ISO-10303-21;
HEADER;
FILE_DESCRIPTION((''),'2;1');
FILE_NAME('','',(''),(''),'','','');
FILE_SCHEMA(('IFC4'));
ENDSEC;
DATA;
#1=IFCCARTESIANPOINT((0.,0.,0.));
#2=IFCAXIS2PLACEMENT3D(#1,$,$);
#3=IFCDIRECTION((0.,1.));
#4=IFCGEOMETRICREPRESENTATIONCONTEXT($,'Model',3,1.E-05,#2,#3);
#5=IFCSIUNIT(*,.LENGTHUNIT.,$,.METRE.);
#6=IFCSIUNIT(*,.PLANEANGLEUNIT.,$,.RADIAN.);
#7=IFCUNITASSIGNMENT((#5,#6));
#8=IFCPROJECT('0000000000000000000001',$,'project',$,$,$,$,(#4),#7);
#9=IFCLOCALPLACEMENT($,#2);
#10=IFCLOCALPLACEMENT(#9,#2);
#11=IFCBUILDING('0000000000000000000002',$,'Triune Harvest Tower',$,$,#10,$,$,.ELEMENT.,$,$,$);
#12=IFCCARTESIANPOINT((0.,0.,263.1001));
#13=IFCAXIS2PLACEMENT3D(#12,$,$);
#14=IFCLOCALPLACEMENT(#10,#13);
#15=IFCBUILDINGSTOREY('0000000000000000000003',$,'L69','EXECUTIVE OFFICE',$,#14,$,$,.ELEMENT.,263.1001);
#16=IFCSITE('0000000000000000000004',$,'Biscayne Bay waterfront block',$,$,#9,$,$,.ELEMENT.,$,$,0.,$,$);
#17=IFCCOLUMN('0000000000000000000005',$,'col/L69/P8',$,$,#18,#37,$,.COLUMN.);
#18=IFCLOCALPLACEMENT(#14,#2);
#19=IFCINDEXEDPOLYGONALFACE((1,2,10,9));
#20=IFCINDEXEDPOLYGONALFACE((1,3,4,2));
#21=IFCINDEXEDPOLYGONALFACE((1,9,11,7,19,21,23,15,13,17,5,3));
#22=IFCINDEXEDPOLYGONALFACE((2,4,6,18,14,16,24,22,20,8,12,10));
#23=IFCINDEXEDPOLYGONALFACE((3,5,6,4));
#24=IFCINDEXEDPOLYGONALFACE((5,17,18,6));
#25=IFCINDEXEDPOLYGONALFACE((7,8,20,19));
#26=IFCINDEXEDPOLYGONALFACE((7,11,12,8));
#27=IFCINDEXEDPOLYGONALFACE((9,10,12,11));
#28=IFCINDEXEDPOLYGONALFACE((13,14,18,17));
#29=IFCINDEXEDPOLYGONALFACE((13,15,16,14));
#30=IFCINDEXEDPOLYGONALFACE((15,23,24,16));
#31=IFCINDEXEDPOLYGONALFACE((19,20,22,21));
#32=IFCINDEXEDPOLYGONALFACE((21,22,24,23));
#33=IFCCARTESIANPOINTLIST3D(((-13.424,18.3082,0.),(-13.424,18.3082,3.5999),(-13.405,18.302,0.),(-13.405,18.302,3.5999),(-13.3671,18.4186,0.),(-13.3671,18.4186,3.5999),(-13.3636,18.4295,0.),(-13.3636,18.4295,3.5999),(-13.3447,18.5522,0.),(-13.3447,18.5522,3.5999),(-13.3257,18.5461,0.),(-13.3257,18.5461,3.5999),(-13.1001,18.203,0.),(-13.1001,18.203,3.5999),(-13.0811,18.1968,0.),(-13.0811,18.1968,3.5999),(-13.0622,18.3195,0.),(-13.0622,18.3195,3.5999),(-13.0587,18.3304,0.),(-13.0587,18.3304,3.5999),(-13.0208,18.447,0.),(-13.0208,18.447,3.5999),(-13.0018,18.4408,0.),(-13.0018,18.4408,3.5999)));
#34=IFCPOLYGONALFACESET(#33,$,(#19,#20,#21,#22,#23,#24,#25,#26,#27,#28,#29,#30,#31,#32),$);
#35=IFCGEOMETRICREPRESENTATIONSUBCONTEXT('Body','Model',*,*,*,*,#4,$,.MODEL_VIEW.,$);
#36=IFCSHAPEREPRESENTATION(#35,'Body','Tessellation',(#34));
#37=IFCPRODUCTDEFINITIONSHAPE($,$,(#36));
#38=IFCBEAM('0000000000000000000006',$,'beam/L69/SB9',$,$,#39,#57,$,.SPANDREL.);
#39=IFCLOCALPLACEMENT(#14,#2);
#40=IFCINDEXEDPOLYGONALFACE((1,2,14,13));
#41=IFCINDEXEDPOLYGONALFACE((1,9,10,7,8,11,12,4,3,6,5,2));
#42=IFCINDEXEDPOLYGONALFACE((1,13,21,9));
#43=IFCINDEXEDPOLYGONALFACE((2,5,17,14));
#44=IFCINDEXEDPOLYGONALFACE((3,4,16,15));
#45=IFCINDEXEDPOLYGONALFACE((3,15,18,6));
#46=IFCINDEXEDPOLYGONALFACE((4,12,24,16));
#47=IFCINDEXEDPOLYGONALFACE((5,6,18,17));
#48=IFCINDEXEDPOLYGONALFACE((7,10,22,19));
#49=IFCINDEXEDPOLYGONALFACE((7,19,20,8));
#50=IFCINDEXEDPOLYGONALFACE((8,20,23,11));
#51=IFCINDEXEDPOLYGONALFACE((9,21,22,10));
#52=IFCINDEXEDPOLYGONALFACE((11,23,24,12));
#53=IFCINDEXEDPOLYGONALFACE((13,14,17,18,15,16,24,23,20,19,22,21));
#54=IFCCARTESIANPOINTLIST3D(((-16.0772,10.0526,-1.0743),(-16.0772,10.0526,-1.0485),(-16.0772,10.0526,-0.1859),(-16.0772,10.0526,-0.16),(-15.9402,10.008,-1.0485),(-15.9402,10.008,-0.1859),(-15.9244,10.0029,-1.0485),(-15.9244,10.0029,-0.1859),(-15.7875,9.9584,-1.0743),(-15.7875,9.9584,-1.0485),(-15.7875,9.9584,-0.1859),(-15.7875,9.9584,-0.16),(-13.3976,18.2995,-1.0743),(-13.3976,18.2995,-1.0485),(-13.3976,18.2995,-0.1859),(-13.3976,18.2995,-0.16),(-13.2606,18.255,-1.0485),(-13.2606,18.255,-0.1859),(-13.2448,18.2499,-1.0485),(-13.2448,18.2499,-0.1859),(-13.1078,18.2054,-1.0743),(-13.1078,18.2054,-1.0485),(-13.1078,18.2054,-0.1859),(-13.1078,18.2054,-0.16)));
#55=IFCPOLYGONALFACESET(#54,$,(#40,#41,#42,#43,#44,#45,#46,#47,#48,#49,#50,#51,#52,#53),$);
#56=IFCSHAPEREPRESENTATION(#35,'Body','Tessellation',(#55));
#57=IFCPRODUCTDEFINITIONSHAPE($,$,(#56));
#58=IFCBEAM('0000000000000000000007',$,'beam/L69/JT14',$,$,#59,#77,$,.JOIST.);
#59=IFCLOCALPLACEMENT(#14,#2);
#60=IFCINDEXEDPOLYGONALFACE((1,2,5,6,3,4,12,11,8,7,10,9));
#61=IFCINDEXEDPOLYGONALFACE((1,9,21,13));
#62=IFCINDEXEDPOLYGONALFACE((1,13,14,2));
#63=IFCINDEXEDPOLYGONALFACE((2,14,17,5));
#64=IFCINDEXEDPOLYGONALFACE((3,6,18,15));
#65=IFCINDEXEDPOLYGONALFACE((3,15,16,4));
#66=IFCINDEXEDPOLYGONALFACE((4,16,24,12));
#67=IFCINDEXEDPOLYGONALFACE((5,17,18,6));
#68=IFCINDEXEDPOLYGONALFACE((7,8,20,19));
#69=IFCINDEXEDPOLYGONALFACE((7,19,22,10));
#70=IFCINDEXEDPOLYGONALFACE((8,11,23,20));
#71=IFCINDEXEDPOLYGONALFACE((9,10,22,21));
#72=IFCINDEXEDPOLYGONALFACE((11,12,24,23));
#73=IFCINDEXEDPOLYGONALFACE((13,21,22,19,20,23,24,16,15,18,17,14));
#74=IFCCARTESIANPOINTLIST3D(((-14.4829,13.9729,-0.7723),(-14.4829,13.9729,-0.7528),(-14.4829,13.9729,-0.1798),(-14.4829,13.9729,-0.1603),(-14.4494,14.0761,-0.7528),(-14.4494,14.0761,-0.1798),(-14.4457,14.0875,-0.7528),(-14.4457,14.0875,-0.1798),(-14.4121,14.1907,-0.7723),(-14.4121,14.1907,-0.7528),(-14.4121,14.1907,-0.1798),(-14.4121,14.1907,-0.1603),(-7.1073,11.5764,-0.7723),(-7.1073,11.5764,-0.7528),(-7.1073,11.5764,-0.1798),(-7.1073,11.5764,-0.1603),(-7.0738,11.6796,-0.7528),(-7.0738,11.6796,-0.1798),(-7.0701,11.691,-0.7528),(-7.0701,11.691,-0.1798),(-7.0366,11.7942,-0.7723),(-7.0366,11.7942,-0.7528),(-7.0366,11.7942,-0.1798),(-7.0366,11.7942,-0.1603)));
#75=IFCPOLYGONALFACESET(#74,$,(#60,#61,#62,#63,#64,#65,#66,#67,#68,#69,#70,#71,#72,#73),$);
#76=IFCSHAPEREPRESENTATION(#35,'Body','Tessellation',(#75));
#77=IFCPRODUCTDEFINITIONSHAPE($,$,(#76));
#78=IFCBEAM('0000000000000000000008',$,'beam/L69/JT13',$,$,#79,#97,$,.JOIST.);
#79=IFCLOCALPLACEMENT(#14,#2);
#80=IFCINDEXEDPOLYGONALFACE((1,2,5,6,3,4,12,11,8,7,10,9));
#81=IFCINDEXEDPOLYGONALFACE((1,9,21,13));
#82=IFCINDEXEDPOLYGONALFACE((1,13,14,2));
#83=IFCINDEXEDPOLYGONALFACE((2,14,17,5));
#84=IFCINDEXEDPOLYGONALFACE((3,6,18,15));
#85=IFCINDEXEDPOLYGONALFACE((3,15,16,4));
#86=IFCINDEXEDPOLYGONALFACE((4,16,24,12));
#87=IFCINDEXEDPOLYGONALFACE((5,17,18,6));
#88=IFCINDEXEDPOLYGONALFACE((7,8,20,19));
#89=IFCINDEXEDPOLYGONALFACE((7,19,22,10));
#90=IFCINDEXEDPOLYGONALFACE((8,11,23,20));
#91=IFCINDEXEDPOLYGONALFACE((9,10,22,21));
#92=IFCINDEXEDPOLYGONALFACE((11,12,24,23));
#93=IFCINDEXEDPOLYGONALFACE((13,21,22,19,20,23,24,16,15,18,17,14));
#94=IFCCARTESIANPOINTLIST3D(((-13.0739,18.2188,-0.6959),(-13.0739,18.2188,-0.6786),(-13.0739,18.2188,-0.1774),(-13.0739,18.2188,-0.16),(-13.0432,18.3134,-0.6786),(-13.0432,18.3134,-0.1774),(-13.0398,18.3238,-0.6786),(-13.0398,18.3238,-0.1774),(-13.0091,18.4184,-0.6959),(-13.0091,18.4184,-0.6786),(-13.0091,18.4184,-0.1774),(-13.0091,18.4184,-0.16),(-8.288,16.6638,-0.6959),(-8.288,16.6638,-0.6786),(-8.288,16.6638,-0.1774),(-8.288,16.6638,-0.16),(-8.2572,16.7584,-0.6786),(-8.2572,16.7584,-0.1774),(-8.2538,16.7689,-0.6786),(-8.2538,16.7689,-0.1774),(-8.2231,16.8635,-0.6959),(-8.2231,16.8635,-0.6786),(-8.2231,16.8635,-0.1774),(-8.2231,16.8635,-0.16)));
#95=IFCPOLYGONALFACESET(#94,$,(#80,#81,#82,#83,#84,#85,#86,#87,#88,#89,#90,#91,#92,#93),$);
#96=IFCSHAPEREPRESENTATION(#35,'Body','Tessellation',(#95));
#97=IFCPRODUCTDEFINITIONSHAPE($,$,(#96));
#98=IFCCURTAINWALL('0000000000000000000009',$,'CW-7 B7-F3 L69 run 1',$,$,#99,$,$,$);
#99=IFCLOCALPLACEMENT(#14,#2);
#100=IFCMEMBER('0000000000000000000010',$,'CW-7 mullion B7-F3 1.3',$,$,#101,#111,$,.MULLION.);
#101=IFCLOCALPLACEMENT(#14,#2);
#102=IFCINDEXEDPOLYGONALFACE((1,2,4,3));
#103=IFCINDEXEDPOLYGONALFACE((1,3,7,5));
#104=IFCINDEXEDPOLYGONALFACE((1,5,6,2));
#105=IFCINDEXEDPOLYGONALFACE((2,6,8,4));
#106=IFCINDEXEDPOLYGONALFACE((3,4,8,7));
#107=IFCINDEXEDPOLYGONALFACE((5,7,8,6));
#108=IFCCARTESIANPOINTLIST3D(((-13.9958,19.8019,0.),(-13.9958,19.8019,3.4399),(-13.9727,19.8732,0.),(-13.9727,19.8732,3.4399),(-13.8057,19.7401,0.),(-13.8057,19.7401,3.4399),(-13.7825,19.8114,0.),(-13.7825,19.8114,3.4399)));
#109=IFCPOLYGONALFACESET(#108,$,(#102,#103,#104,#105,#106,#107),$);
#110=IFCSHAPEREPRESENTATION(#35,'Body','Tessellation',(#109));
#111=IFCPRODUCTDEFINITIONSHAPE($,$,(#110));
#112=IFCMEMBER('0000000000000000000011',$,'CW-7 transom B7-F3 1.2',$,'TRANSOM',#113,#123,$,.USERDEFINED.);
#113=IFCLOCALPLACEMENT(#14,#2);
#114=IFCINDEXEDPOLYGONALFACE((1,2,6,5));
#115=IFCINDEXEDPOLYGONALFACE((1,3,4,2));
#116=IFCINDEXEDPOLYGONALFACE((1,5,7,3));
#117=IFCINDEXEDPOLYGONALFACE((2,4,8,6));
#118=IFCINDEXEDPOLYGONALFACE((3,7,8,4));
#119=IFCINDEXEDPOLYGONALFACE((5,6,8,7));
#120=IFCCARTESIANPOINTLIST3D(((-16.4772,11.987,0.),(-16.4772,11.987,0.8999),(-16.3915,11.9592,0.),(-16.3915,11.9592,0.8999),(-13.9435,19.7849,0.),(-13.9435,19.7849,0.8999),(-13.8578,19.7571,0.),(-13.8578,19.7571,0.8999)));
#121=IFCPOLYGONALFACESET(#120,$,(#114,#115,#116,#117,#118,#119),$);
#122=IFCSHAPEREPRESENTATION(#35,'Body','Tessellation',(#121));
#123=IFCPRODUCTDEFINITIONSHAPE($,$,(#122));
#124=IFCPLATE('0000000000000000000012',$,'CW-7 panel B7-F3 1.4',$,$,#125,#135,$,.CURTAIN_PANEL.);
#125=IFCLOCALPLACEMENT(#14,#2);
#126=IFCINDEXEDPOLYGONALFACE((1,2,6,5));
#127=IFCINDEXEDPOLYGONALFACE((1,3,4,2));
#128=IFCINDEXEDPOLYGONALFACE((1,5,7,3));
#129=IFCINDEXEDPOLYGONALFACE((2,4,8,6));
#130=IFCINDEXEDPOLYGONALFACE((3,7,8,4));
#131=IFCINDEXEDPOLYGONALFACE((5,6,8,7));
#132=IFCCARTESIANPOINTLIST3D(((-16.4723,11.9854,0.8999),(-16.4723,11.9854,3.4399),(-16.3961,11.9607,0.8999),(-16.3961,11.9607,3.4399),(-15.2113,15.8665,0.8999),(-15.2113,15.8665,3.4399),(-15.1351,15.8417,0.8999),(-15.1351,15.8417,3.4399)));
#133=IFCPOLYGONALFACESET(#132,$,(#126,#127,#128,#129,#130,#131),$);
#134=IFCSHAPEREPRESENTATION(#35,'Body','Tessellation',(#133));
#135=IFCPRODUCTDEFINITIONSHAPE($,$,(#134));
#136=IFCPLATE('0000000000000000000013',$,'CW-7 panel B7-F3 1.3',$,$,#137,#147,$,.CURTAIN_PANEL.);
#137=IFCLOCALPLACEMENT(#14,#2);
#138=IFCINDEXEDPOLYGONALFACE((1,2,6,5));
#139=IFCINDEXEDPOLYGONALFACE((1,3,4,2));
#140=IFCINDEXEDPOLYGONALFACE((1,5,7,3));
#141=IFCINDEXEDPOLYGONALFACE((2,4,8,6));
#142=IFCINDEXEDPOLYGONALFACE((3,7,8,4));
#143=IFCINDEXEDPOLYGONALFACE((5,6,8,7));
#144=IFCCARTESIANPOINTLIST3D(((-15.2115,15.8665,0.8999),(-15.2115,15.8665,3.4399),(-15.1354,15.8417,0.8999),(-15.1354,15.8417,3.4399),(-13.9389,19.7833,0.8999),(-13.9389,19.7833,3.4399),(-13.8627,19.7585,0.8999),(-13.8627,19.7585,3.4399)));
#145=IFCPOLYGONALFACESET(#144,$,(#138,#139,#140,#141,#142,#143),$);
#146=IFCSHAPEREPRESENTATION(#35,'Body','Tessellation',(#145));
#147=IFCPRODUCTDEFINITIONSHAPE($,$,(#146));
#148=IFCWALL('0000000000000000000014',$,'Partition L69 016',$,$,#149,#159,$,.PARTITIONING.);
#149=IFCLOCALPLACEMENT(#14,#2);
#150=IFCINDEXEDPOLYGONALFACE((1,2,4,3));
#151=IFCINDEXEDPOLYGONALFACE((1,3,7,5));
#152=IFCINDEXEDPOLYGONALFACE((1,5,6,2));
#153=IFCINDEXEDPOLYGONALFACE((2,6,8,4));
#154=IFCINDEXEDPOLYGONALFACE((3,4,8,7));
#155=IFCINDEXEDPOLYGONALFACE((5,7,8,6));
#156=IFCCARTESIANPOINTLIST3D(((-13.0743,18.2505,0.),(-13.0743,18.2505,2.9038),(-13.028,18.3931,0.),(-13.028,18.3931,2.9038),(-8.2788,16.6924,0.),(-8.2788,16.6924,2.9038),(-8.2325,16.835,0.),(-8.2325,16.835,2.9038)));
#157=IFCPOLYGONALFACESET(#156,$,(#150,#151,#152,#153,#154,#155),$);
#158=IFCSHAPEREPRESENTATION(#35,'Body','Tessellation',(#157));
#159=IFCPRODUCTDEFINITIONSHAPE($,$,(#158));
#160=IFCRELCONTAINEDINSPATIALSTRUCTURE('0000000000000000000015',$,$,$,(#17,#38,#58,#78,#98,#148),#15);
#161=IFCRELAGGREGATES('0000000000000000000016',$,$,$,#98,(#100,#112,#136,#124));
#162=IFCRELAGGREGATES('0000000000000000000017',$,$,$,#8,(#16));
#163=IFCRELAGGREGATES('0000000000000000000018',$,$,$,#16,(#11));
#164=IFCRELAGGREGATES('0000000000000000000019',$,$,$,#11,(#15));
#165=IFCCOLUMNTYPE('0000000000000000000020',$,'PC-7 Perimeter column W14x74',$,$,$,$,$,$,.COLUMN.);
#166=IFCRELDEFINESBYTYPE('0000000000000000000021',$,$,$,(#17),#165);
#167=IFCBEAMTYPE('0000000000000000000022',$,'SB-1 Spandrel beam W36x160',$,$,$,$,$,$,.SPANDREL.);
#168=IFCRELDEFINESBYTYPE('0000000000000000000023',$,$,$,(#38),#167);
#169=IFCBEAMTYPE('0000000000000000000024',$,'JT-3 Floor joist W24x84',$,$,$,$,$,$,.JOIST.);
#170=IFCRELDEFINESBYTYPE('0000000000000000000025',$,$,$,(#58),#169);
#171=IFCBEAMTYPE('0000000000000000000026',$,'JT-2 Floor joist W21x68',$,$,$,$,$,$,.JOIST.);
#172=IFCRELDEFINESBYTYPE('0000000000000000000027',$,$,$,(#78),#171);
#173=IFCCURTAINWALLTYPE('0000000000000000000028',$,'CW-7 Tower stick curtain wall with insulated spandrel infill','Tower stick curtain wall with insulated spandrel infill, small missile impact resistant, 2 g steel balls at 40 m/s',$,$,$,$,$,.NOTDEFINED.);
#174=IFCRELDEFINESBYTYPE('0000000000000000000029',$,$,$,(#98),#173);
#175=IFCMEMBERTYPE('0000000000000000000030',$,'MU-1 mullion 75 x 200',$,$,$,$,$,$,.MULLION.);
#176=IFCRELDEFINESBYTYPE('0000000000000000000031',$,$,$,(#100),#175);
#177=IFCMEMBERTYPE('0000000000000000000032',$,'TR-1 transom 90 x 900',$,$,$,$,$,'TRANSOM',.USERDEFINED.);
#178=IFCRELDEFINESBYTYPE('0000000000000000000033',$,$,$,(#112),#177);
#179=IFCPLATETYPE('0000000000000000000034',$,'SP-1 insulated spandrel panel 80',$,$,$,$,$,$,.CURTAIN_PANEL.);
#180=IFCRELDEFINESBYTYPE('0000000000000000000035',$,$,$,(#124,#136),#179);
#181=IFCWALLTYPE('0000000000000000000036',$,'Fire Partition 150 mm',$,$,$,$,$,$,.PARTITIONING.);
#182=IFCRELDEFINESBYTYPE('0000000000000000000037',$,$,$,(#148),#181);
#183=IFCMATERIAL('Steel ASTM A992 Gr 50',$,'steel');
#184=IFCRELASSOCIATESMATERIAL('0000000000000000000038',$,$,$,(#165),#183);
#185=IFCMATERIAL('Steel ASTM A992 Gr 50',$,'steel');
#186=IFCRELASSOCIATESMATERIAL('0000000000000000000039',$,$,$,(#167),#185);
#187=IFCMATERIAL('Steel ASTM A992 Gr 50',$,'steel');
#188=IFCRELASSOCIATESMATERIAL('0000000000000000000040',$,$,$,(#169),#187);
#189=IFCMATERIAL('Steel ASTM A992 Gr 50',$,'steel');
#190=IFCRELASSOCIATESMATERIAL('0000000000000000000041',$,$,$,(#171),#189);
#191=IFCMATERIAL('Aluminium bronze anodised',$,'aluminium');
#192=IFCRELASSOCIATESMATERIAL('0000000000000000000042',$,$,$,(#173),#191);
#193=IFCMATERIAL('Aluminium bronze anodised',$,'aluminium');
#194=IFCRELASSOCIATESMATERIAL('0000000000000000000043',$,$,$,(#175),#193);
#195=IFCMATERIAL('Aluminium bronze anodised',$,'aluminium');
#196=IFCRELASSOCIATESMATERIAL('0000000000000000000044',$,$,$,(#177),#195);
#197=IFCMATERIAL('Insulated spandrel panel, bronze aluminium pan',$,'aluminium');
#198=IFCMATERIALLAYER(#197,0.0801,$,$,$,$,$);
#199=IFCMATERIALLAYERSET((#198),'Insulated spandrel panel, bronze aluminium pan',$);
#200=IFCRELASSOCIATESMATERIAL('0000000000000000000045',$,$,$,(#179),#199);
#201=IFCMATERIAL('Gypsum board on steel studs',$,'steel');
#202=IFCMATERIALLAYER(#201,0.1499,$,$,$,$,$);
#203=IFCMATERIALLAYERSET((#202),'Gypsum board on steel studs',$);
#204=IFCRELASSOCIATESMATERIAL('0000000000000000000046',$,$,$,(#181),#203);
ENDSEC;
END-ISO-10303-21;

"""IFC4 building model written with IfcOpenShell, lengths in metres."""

from ifc_helpers import new_model, si_unit, direction, frame, frame_2d, origin, origin_2d, place, context, subcontext, project, spatial, rectangle, i_section, extrude, source, transform, mapped, material, layer, layer_set, material_profile, profile_set, type_object, element, aggregate, save


model = new_model("IFC4")

# Units and contexts
model_context = context("Model", 3, precision=1e-05, world=origin(), true_north=direction((0.0, 1.0)))
body_context = subcontext(model_context, "Body", "Model", "MODEL_VIEW")
ifc_project = project(units=[si_unit("LENGTHUNIT", "METRE"), si_unit("PLANEANGLEUNIT", "RADIAN")], contexts=[model_context])

# Site, building, storey
site_placement = place(None, origin())
site = spatial("IfcSite", under=ifc_project, at=site_placement, Name="Biscayne Bay waterfront block", CompositionType="ELEMENT", RefElevation=0.0)
building_placement = place(site_placement, origin())
building = spatial("IfcBuilding", under=site, at=building_placement, Name="Triune Harvest Tower", CompositionType="ELEMENT")
storey_placement = place(building_placement, frame((0.0, 0.0, 263.1001)))
storey = spatial("IfcBuildingStorey", under=building, at=storey_placement, Name="L69", Description="EXECUTIVE OFFICE", CompositionType="ELEMENT", Elevation=263.1001)

# Column
ifc_material_1 = material(Name="Steel ASTM A992 Gr 50", Category="steel")
ifc_material_profile_1 = material_profile(ifc_material_1, i_section(OverallWidth=0.2566, OverallDepth=0.3606, WebThickness=0.0115, FlangeThickness=0.02, at=origin_2d()), Name="W14x74")
ifc_profile_set_1 = profile_set([ifc_material_profile_1], Name="Steel ASTM A992 Gr 50")
column_type = type_object("IfcColumnType", Name="PC-7 Perimeter column W14x74", PredefinedType="COLUMN", material=ifc_profile_set_1)
shared_shape_1 = source(origin(), body_context, "Body", "SweptSolid", [
    extrude(i_section(OverallWidth=0.2566, OverallDepth=0.3606, WebThickness=0.0115, FlangeThickness=0.02, at=origin_2d()), origin(), (0.0, 0.0, 1.0), 3.5999),
])
column_placement = place(storey_placement, frame((-13.2129, 18.3745, 0.0), z_axis=(0.0, 0.0, 1.0), x_axis=(-0.309015, -0.951057, 0.0)))
element("IfcColumn", 1, at=column_placement, inside=storey, type_object=column_type, Name="col/L69/P8", PredefinedType="COLUMN", context=body_context, shape_type="MappedRepresentation", body=[
    mapped(shared_shape_1, transform((0.0, 0.0, 0.0), scale=1.0)),
])

# Beams
ifc_material_2 = material(Name="Steel ASTM A992 Gr 50", Category="steel")
ifc_material_profile_2 = material_profile(ifc_material_2, i_section(OverallWidth=0.3047, OverallDepth=0.9143, WebThickness=0.0166, FlangeThickness=0.0259, at=origin_2d()), Name="W36x160")
ifc_profile_set_2 = profile_set([ifc_material_profile_2], Name="Steel ASTM A992 Gr 50")
beam_type_1 = type_object("IfcBeamType", Name="SB-1 Spandrel beam W36x160", PredefinedType="SPANDREL", material=ifc_profile_set_2)
shared_shape_2 = source(origin(), body_context, "Body", "SweptSolid", [
    extrude(i_section(OverallWidth=0.3047, OverallDepth=0.9143, WebThickness=0.0166, FlangeThickness=0.0259, at=origin_2d()), origin(), (0.0, 0.0, 1.0), 8.6714),
])
beam_1_placement = place(storey_placement, frame((-13.2527, 18.2524, -0.6172), z_axis=(-0.309022, -0.951055, 0.0), x_axis=(0.951055, -0.309022, 0.0)))
element("IfcBeam", 2, at=beam_1_placement, inside=storey, type_object=beam_type_1, Name="beam/L69/SB9", PredefinedType="SPANDREL", context=body_context, shape_type="MappedRepresentation", body=[
    mapped(shared_shape_2, transform((0.0, 0.0, 0.0), scale=1.0)),
])
ifc_material_3 = material(Name="Steel ASTM A992 Gr 50", Category="steel")
ifc_material_profile_3 = material_profile(ifc_material_3, i_section(OverallWidth=0.229, OverallDepth=0.6121, WebThickness=0.012, FlangeThickness=0.0195, at=origin_2d()), Name="W24x84")
ifc_profile_set_3 = profile_set([ifc_material_profile_3], Name="Steel ASTM A992 Gr 50")
beam_type_2 = type_object("IfcBeamType", Name="JT-3 Floor joist W24x84", PredefinedType="JOIST", material=ifc_profile_set_3)
shared_shape_3 = source(origin(), body_context, "Body", "SweptSolid", [
    extrude(i_section(OverallWidth=0.229, OverallDepth=0.6121, WebThickness=0.012, FlangeThickness=0.0195, at=origin_2d()), origin(), (0.0, 0.0, 1.0), 7.7551),
])
beam_2_placement = place(storey_placement, frame((-14.4475, 14.0818, -0.4663), z_axis=(0.951055, -0.309022, 0.0), x_axis=(0.309022, 0.951055, 0.0)))
element("IfcBeam", 3, at=beam_2_placement, inside=storey, type_object=beam_type_2, Name="beam/L69/JT14", PredefinedType="JOIST", context=body_context, shape_type="MappedRepresentation", body=[
    mapped(shared_shape_3, transform((0.0, 0.0, 0.0), scale=1.0)),
])
ifc_material_4 = material(Name="Steel ASTM A992 Gr 50", Category="steel")
ifc_material_profile_4 = material_profile(ifc_material_4, i_section(OverallWidth=0.21, OverallDepth=0.5359, WebThickness=0.011, FlangeThickness=0.0173, at=origin_2d()), Name="W21x68")
ifc_profile_set_4 = profile_set([ifc_material_profile_4], Name="Steel ASTM A992 Gr 50")
beam_type_3 = type_object("IfcBeamType", Name="JT-2 Floor joist W21x68", PredefinedType="JOIST", material=ifc_profile_set_4)
shared_shape_4 = source(origin(), body_context, "Body", "SweptSolid", [
    extrude(i_section(OverallWidth=0.21, OverallDepth=0.5359, WebThickness=0.011, FlangeThickness=0.0173, at=origin_2d()), origin(), (0.0, 0.0, 1.0), 5.0322),
])
beam_3_placement = place(storey_placement, frame((-13.0415, 18.3186, -0.428), z_axis=(0.951062, -0.308999, 0.0), x_axis=(0.308999, 0.951062, 0.0)))
element("IfcBeam", 4, at=beam_3_placement, inside=storey, type_object=beam_type_3, Name="beam/L69/JT13", PredefinedType="JOIST", context=body_context, shape_type="MappedRepresentation", body=[
    mapped(shared_shape_4, transform((0.0, 0.0, 0.0), scale=1.0)),
])

# Curtain wall, members, plates
ifc_material_5 = material(Name="Aluminium bronze anodised", Category="aluminium")
curtain_wall_type = type_object("IfcCurtainWallType", Name="CW-7 Tower stick curtain wall with insulated spandrel infill", Description="Tower stick curtain wall with insulated spandrel infill, small missile impact resistant, 2 g steel balls at 40 m/s", PredefinedType="NOTDEFINED", material=ifc_material_5)
curtain_wall_placement = place(storey_placement, origin())
curtain_wall = element("IfcCurtainWall", 5, at=curtain_wall_placement, inside=storey, type_object=curtain_wall_type, Name="CW-7 B7-F3 L69 run 1")
ifc_material_6 = material(Name="Aluminium bronze anodised", Category="aluminium")
ifc_material_profile_5 = material_profile(ifc_material_6, rectangle(XDim=0.2, YDim=0.075, at=origin_2d()), Name="MU-1 mullion 75 x 200")
ifc_profile_set_5 = profile_set([ifc_material_profile_5], Name="Aluminium bronze anodised")
member_type_1 = type_object("IfcMemberType", Name="MU-1 mullion 75 x 200", PredefinedType="MULLION", material=ifc_profile_set_5)
shared_shape_5 = source(origin(), body_context, "Body", "SweptSolid", [
    extrude(rectangle(XDim=0.2, YDim=0.075, at=origin_2d()), origin(), (0.0, 0.0, 1.0), 3.4399),
])
member_1_placement = place(storey_placement, frame((-13.8892, 19.8066, 0.0), z_axis=(0.0, 0.0, 1.0), x_axis=(0.951058, -0.309014, 0.0)))
member_1 = element("IfcMember", 6, at=member_1_placement, type_object=member_type_1, Name="CW-7 mullion B7-F3 1.3", PredefinedType="MULLION", context=body_context, shape_type="MappedRepresentation", body=[
    mapped(shared_shape_5, transform((0.0, 0.0, 0.0), scale=1.0)),
])
ifc_material_7 = material(Name="Aluminium bronze anodised", Category="aluminium")
ifc_material_profile_6 = material_profile(ifc_material_7, rectangle(XDim=0.0901, YDim=0.8999, at=origin_2d()), Name="TR-1 transom 90 x 900")
ifc_profile_set_6 = profile_set([ifc_material_profile_6], Name="Aluminium bronze anodised")
member_type_2 = type_object("IfcMemberType", Name="TR-1 transom 90 x 900", ElementType="TRANSOM", PredefinedType="USERDEFINED", material=ifc_profile_set_6)
shared_shape_6 = source(origin(), body_context, "Body", "SweptSolid", [
    extrude(rectangle(XDim=0.0901, YDim=0.8999, at=origin_2d()), origin(), (0.0, 0.0, 1.0), 8.1992),
])
member_2_placement = place(storey_placement, frame((-13.9006, 19.771, 0.45), z_axis=(-0.309019, -0.951056, 0.0), x_axis=(0.951056, -0.309019, 0.0)))
member_2 = element("IfcMember", 7, at=member_2_placement, type_object=member_type_2, Name="CW-7 transom B7-F3 1.2", ObjectType="TRANSOM", PredefinedType="USERDEFINED", context=body_context, shape_type="MappedRepresentation", body=[
    mapped(shared_shape_6, transform((0.0, 0.0, 0.0), scale=1.0)),
])
ifc_material_8 = material(Name="Insulated spandrel panel, bronze aluminium pan", Category="aluminium")
ifc_layer_1 = layer(ifc_material_8, 0.0801)
ifc_layer_set_1 = layer_set([ifc_layer_1], Name="Insulated spandrel panel, bronze aluminium pan")
plate_type = type_object("IfcPlateType", Name="SP-1 insulated spandrel panel 80", PredefinedType="CURTAIN_PANEL", material=ifc_layer_set_1)
shared_shape_7 = source(origin(), body_context, "Body", "SweptSolid", [
    extrude(rectangle(XDim=4.0808, YDim=0.0801, at=origin_2d()), origin(), (0.0, 0.0, 1.0), 2.54),
])
plate_1_placement = place(storey_placement, frame((-15.8037, 13.9136, 0.8999), z_axis=(0.0, 0.0, 1.0), x_axis=(-0.309014, -0.951058, 0.0)))
plate_1 = element("IfcPlate", 8, at=plate_1_placement, type_object=plate_type, Name="CW-7 panel B7-F3 1.4", PredefinedType="CURTAIN_PANEL", context=body_context, shape_type="MappedRepresentation", body=[
    mapped(shared_shape_7, transform((0.0, 0.0, 0.0), scale=1.0)),
])
shared_shape_8 = source(origin(), body_context, "Body", "SweptSolid", [
    extrude(rectangle(XDim=4.1184, YDim=0.0801, at=origin_2d()), origin(), (0.0, 0.0, 1.0), 2.54),
])
plate_2_placement = place(storey_placement, frame((-14.5371, 17.8125, 0.8999), z_axis=(0.0, 0.0, 1.0), x_axis=(-0.309014, -0.951058, 0.0)))
plate_2 = element("IfcPlate", 9, at=plate_2_placement, type_object=plate_type, Name="CW-7 panel B7-F3 1.3", PredefinedType="CURTAIN_PANEL", context=body_context, shape_type="MappedRepresentation", body=[
    mapped(shared_shape_8, transform((0.0, 0.0, 0.0), scale=1.0)),
])
aggregate(curtain_wall, [member_1, member_2, plate_2, plate_1])

# Wall
ifc_material_9 = material(Name="Gypsum board on steel studs", Category="steel")
ifc_layer_2 = layer(ifc_material_9, 0.1499)
ifc_layer_set_2 = layer_set([ifc_layer_2], Name="Gypsum board on steel studs")
wall_type = type_object("IfcWallType", Name="Fire Partition 150 mm", PredefinedType="PARTITIONING", material=ifc_layer_set_2)
wall_1_placement = place(storey_placement, frame((-13.051, 18.3218, 0.0), z_axis=(0.0, 0.0, 1.0), x_axis=(0.951058, -0.309014, 0.0)))
element("IfcWall", 10, at=wall_1_placement, inside=storey, type_object=wall_type, Name="Partition L69 016", PredefinedType="PARTITIONING", context=body_context, shape_type="SweptSolid", body=[
    extrude(rectangle(XDim=5.0422, YDim=0.1499, at=frame_2d((2.521, 0.0))), origin(), (0.0, 0.0, 1.0), 2.9038),
])

save(model, "model.ifc")
